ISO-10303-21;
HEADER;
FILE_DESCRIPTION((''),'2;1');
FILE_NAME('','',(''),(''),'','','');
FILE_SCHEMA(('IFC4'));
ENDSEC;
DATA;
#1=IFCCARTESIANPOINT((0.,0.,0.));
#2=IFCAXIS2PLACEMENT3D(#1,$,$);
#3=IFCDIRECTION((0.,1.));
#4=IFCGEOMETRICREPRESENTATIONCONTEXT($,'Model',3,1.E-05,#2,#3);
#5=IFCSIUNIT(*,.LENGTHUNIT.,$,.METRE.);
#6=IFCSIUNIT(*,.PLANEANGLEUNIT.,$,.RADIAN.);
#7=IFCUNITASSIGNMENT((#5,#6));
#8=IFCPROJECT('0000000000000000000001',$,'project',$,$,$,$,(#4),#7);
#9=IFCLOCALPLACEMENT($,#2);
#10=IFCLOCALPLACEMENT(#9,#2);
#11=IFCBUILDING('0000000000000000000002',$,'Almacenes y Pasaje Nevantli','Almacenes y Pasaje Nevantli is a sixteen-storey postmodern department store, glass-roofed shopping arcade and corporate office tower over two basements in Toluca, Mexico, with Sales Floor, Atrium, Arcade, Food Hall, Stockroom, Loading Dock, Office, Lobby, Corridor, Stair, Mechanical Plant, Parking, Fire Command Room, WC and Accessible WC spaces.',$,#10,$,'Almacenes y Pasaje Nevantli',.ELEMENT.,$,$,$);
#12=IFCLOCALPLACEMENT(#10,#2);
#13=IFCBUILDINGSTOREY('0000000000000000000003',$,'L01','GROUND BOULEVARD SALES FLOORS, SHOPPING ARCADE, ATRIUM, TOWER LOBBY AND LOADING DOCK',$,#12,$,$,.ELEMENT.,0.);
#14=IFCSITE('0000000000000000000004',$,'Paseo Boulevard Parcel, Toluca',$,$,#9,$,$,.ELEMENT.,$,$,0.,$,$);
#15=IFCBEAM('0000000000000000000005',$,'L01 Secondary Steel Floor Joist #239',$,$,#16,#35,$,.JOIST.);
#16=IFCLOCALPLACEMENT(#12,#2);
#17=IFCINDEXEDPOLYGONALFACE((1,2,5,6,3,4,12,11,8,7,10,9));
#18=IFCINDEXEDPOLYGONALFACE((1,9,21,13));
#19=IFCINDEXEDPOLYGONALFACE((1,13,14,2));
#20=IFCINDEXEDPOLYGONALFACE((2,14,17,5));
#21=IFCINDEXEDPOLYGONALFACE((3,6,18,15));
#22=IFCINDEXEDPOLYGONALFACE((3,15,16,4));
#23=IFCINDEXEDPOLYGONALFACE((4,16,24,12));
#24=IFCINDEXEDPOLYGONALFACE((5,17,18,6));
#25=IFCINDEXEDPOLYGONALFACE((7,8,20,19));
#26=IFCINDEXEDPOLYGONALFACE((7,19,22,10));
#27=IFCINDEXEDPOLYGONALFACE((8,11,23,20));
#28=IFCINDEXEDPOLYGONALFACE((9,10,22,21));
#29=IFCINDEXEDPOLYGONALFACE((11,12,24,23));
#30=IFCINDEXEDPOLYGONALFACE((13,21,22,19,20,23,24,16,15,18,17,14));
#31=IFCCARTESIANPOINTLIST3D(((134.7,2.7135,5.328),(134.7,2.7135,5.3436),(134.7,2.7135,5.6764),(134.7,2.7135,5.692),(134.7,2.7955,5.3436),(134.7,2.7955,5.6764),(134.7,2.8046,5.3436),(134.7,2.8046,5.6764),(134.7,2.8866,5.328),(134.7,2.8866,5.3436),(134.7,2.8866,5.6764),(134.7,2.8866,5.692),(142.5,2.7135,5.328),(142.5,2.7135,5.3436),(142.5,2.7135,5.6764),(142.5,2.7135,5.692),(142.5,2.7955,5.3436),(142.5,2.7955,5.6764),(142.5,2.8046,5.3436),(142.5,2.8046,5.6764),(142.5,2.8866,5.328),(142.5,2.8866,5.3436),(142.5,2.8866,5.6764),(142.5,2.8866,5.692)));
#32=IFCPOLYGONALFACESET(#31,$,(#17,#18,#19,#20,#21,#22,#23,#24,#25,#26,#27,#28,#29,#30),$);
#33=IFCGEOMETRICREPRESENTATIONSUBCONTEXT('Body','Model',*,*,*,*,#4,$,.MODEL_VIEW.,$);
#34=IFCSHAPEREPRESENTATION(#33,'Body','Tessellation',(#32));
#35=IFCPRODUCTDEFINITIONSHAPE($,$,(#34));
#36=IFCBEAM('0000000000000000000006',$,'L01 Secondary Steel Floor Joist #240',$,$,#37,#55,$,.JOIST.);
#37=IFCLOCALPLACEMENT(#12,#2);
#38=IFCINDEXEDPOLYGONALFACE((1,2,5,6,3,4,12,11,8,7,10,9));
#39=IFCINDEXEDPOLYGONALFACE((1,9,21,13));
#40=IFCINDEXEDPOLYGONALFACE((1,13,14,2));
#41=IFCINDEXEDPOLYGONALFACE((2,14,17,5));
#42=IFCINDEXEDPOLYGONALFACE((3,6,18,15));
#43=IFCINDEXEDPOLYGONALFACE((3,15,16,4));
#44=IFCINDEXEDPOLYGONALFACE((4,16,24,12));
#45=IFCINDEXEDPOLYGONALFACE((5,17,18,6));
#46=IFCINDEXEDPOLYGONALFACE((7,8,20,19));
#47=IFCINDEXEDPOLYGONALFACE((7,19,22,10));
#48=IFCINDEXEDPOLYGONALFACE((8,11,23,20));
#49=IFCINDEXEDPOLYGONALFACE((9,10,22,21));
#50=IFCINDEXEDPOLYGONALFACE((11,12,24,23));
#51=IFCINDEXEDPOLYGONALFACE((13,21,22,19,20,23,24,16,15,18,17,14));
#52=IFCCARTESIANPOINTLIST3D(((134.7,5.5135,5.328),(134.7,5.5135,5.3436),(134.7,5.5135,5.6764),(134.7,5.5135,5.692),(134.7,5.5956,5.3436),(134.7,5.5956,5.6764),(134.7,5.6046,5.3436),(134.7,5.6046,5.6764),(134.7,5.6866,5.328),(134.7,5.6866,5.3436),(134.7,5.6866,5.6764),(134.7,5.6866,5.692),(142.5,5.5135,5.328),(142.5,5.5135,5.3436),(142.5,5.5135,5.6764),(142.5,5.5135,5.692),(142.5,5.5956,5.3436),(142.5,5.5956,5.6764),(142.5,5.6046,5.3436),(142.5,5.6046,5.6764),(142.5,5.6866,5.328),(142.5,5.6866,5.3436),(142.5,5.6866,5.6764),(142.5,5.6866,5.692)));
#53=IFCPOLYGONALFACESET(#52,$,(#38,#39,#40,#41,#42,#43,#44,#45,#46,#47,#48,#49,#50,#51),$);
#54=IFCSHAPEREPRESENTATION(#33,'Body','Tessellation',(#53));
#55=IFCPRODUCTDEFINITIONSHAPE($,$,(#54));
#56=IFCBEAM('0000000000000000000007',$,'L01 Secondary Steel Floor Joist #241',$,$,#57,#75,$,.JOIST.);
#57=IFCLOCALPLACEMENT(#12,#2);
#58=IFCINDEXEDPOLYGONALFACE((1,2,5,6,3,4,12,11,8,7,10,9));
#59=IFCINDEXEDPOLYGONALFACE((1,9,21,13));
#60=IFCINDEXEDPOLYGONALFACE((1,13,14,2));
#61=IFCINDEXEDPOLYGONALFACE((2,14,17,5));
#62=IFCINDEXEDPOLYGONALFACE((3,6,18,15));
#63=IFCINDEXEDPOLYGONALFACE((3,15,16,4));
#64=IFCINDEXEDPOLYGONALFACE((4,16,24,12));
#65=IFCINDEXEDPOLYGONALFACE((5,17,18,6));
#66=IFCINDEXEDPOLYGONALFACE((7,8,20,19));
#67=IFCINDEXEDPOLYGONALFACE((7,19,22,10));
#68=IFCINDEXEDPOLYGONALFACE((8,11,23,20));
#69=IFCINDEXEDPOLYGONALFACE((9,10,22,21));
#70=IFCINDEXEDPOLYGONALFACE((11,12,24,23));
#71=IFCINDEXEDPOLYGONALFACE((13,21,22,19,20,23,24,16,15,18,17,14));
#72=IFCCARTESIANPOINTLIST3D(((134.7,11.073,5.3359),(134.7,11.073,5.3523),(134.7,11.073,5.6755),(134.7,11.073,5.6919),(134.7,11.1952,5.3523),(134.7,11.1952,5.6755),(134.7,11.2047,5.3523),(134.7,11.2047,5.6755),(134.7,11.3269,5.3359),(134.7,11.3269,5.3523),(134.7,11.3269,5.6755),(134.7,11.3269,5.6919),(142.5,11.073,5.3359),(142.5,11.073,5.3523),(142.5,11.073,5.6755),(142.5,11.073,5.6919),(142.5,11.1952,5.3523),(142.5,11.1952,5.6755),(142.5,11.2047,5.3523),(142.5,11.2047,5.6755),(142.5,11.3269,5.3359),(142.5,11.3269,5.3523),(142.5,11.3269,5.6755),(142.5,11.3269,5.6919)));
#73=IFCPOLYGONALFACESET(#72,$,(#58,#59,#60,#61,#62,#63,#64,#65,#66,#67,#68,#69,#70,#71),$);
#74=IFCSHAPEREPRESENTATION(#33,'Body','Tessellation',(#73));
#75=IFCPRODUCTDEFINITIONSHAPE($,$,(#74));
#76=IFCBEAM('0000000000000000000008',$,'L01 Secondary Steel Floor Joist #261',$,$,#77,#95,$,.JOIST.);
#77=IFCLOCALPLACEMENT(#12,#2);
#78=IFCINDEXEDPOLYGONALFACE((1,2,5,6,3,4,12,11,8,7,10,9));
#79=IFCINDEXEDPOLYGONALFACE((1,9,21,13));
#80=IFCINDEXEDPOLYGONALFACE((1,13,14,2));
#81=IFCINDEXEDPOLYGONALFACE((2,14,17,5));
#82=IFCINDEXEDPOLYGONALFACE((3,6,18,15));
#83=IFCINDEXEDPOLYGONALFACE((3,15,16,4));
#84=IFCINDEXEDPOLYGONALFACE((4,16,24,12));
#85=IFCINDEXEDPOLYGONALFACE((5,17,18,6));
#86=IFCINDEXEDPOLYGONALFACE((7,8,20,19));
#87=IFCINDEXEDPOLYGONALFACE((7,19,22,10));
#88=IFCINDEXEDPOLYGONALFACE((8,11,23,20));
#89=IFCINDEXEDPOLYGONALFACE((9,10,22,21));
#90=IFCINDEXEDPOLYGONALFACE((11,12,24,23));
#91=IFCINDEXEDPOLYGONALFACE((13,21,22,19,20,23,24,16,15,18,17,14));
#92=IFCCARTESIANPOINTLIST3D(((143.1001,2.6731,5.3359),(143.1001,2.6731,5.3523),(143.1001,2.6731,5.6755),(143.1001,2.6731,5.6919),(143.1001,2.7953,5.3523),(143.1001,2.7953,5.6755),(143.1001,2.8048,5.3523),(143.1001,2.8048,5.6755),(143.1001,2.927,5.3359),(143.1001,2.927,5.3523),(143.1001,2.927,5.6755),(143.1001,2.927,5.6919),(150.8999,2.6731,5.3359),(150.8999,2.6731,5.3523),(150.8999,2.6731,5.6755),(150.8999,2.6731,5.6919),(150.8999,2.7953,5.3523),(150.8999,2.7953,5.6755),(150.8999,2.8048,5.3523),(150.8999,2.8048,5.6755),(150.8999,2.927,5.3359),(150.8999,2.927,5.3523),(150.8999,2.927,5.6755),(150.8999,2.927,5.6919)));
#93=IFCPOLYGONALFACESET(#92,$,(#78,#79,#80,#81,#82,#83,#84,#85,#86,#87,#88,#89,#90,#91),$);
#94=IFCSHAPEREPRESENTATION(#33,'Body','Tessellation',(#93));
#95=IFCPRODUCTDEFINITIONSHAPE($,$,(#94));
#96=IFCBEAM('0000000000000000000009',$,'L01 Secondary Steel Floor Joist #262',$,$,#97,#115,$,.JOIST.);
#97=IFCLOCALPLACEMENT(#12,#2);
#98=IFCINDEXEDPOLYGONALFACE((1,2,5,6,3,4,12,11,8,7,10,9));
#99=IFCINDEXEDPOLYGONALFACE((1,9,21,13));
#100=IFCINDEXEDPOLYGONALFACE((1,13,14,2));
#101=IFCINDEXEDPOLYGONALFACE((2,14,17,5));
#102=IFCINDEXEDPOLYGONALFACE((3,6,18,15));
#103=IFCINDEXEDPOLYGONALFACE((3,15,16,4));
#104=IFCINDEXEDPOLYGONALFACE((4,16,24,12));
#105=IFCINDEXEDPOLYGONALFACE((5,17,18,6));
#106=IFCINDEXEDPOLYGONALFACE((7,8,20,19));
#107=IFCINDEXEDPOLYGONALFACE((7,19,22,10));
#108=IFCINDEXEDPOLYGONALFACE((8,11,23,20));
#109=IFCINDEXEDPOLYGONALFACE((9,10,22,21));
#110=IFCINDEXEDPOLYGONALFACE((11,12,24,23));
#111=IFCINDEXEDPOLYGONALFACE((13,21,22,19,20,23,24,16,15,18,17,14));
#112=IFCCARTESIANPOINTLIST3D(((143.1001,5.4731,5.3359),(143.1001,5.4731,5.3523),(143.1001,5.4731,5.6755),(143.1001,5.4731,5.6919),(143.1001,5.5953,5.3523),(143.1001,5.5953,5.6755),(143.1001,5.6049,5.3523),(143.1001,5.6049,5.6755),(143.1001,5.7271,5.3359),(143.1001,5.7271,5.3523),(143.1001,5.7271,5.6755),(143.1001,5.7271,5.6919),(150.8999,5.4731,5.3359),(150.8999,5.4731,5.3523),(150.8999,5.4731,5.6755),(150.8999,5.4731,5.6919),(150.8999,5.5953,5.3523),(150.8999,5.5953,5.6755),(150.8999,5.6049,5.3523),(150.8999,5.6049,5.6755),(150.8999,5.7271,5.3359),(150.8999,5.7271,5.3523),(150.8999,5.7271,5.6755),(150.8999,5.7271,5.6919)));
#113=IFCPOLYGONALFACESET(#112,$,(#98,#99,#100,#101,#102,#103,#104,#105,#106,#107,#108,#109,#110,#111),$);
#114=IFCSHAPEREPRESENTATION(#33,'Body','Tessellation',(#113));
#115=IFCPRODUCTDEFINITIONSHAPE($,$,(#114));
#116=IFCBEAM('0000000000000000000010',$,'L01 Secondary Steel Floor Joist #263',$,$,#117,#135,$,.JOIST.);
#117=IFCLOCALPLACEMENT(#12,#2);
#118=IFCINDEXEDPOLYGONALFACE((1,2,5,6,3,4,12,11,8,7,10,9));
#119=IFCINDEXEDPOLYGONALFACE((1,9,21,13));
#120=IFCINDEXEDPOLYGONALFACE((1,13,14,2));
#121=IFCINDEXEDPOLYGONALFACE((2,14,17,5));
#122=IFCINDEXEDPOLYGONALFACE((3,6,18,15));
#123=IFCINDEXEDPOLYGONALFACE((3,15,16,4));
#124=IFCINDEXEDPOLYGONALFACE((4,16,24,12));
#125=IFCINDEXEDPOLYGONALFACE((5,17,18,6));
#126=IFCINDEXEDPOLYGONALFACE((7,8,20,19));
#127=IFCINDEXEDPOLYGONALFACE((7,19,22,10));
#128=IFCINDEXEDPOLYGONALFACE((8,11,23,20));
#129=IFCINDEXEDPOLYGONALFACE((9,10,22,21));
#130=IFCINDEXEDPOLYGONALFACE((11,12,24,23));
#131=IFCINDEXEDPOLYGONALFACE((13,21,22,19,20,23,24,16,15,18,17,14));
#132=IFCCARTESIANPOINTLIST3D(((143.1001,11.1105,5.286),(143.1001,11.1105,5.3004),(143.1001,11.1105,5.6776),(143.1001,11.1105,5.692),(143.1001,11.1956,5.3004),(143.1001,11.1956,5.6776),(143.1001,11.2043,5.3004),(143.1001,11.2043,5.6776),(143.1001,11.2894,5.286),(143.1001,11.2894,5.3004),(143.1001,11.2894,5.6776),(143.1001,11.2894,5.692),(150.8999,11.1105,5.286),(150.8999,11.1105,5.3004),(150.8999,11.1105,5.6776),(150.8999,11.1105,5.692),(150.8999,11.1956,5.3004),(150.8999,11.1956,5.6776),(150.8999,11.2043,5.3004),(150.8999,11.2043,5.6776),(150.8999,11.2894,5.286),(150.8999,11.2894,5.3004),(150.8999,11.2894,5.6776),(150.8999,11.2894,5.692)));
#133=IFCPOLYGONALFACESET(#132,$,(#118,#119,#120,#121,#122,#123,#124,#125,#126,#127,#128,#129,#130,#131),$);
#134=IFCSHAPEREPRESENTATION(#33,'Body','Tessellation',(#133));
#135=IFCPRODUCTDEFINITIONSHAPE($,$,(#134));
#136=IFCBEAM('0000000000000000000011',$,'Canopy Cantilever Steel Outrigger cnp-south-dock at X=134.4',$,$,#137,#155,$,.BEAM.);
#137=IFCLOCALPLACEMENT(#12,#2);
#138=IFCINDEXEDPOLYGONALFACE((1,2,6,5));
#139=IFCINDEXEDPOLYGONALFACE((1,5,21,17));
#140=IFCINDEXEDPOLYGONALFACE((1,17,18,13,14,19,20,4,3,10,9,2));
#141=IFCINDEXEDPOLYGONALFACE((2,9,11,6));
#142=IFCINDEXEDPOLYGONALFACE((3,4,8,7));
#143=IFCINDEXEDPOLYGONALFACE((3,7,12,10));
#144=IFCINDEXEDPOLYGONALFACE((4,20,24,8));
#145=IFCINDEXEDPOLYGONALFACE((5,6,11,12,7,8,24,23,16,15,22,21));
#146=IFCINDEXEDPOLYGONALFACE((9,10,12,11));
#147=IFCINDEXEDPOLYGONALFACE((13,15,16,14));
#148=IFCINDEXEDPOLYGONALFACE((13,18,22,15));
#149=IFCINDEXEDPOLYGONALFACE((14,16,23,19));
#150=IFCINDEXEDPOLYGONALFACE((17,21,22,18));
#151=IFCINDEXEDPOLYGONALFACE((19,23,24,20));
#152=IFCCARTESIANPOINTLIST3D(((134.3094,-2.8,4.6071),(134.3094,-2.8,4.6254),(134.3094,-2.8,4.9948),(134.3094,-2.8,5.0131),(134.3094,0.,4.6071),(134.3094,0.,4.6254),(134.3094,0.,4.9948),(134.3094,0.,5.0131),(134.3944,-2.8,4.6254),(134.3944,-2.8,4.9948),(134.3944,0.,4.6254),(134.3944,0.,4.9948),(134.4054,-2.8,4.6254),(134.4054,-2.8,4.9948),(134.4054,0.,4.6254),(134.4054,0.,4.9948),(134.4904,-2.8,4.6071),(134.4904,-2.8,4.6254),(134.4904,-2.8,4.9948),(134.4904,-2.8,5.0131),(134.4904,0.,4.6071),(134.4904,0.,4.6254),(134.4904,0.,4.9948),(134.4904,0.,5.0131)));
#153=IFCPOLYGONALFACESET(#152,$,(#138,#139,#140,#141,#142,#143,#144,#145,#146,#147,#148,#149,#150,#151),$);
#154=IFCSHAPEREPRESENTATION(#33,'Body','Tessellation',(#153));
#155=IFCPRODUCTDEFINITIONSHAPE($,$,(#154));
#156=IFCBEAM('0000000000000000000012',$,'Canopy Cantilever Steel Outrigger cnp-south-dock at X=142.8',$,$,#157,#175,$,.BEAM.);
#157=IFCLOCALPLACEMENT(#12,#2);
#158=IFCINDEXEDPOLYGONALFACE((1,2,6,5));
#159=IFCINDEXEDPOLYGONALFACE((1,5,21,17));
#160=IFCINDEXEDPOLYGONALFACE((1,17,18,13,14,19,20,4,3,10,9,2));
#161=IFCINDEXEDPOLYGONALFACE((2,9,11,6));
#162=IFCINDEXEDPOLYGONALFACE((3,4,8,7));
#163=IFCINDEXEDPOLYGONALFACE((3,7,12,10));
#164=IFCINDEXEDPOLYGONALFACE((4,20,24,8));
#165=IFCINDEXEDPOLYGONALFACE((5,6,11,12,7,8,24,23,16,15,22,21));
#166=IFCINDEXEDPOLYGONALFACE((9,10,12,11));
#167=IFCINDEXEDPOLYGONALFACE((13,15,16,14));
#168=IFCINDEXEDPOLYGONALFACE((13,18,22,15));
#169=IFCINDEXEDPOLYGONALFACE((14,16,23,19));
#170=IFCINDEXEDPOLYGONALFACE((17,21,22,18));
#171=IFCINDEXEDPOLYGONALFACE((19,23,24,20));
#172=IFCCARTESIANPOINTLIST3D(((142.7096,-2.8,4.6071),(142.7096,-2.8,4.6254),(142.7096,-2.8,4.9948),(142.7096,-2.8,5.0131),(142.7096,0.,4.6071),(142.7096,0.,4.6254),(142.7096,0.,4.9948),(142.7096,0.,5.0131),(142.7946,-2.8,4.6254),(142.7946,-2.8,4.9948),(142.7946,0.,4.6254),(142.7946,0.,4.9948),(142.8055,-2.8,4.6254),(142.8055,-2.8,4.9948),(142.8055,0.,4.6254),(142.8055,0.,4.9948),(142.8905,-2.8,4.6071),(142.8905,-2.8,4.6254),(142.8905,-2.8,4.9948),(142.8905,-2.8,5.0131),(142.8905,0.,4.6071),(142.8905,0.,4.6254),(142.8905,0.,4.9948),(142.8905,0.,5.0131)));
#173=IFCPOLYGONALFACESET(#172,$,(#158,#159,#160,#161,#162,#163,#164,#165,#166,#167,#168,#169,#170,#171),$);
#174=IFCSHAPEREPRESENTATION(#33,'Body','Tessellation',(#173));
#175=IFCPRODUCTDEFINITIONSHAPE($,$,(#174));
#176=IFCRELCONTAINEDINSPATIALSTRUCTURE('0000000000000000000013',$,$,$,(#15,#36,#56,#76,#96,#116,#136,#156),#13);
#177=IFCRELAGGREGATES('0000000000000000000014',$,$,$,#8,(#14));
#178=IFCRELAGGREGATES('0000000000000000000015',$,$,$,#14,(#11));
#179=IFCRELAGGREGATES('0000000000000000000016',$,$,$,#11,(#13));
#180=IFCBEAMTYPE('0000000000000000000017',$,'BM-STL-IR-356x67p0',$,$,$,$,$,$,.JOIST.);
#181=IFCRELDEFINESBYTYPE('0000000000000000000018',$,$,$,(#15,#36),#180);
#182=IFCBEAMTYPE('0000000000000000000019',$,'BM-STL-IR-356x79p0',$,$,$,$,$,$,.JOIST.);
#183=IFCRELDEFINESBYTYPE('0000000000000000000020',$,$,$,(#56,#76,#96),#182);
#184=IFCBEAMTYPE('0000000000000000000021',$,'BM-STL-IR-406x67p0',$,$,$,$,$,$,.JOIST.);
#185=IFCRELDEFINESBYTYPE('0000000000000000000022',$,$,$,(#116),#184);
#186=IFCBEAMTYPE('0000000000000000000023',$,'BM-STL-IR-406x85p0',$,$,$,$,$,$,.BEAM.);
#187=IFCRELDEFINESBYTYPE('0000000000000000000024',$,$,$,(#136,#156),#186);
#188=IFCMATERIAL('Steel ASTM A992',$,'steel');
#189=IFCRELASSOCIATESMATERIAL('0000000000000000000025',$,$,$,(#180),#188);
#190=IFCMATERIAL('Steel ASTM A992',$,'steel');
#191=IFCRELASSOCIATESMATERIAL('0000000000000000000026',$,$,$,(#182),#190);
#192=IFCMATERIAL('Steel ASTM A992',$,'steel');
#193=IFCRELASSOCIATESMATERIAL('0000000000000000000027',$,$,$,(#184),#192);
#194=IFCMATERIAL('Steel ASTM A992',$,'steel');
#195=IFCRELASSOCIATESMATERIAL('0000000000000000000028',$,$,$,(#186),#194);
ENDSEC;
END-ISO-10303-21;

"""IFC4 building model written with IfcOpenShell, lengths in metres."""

from ifc_helpers import new_model, si_unit, direction, frame, origin, origin_2d, place, context, subcontext, project, spatial, i_section, extrude, material, material_profile, profile_set, type_object, element, save


model = new_model("IFC4")

# Units and contexts
model_context = context("Model", 3, precision=1e-05, world=origin(), true_north=direction((0.0, 1.0)))
body_context = subcontext(model_context, "Body", "Model", "MODEL_VIEW")
ifc_project = project(units=[si_unit("LENGTHUNIT", "METRE"), si_unit("PLANEANGLEUNIT", "RADIAN")], contexts=[model_context])

# Site, building, storey
site_placement = place(None, origin())
site = spatial("IfcSite", under=ifc_project, at=site_placement, Name="Paseo Boulevard Parcel, Toluca", CompositionType="ELEMENT", RefElevation=0.0)
building_placement = place(site_placement, origin())
building = spatial("IfcBuilding", under=site, at=building_placement, Name="Almacenes y Pasaje Nevantli", Description="Almacenes y Pasaje Nevantli is a sixteen-storey postmodern department store, glass-roofed shopping arcade and corporate office tower over two basements in Toluca, Mexico, with Sales Floor, Atrium, Arcade, Food Hall, Stockroom, Loading Dock, Office, Lobby, Corridor, Stair, Mechanical Plant, Parking, Fire Command Room, WC and Accessible WC spaces.", LongName="Almacenes y Pasaje Nevantli", CompositionType="ELEMENT")
storey_placement = place(building_placement, origin())
storey = spatial("IfcBuildingStorey", under=building, at=storey_placement, Name="L01", Description="GROUND BOULEVARD SALES FLOORS, SHOPPING ARCADE, ATRIUM, TOWER LOBBY AND LOADING DOCK", CompositionType="ELEMENT", Elevation=0.0)

# Beams
ifc_material_1 = material(Name="Steel ASTM A992", Category="steel")
ifc_material_profile_1 = material_profile(ifc_material_1, i_section(OverallWidth=0.1731, OverallDepth=0.364, WebThickness=0.009, FlangeThickness=0.0156, at=origin_2d()), Name="IR 356x67.0")
ifc_profile_set_1 = profile_set([ifc_material_profile_1], Name="Steel ASTM A992")
beam_type_1 = type_object("IfcBeamType", Name="BM-STL-IR-356x67p0", PredefinedType="JOIST", material=ifc_profile_set_1)
for number, where, z_axis, x_axis, name in (
    (1, (134.7, 2.8, 5.51), (1.0, 0.0, 0.0), (0.0, 1.0, 0.0), "L01 Secondary Steel Floor Joist #239"),
    (2, (134.7, 5.6001, 5.51), (1.0, 0.0, 0.0), (0.0, 1.0, 0.0), "L01 Secondary Steel Floor Joist #240"),
):
    element("IfcBeam", number, at=place(storey_placement, frame(where, z_axis=z_axis, x_axis=x_axis)), inside=storey, type_object=beam_type_1, Name=name, PredefinedType="JOIST", context=body_context, shape_type="SweptSolid", body=[
        extrude(i_section(OverallWidth=0.1731, OverallDepth=0.364, WebThickness=0.009, FlangeThickness=0.0156, at=origin_2d()), origin(), (0.0, 0.0, 1.0), 7.8),
    ])
ifc_material_2 = material(Name="Steel ASTM A992", Category="steel")
ifc_material_profile_2 = material_profile(ifc_material_2, i_section(OverallWidth=0.2539, OverallDepth=0.356, WebThickness=0.0095, FlangeThickness=0.0164, at=origin_2d()), Name="IR 356x79.0")
ifc_profile_set_2 = profile_set([ifc_material_profile_2], Name="Steel ASTM A992")
beam_type_2 = type_object("IfcBeamType", Name="BM-STL-IR-356x79p0", PredefinedType="JOIST", material=ifc_profile_set_2)
beam_1_placement = place(storey_placement, frame((134.7, 11.2, 5.5139), z_axis=(1.0, 0.0, 0.0), x_axis=(0.0, 1.0, 0.0)))
element("IfcBeam", 3, at=beam_1_placement, inside=storey, type_object=beam_type_2, Name="L01 Secondary Steel Floor Joist #241", PredefinedType="JOIST", context=body_context, shape_type="SweptSolid", body=[
    extrude(i_section(OverallWidth=0.2539, OverallDepth=0.356, WebThickness=0.0095, FlangeThickness=0.0164, at=origin_2d()), origin(), (0.0, 0.0, 1.0), 7.8),
])
for number, where, z_axis, x_axis, name in (
    (4, (143.1001, 2.8, 5.5139), (1.0, 0.0, 0.0), (0.0, 1.0, 0.0), "L01 Secondary Steel Floor Joist #261"),
    (5, (143.1001, 5.6001, 5.5139), (1.0, 0.0, 0.0), (0.0, 1.0, 0.0), "L01 Secondary Steel Floor Joist #262"),
):
    element("IfcBeam", number, at=place(storey_placement, frame(where, z_axis=z_axis, x_axis=x_axis)), inside=storey, type_object=beam_type_2, Name=name, PredefinedType="JOIST", context=body_context, shape_type="SweptSolid", body=[
        extrude(i_section(OverallWidth=0.2539, OverallDepth=0.356, WebThickness=0.0095, FlangeThickness=0.0164, at=origin_2d()), origin(), (0.0, 0.0, 1.0), 7.7998),
    ])
ifc_material_3 = material(Name="Steel ASTM A992", Category="steel")
ifc_material_profile_3 = material_profile(ifc_material_3, i_section(OverallWidth=0.179, OverallDepth=0.406, WebThickness=0.0088, FlangeThickness=0.0144, at=origin_2d()), Name="IR 406x67.0")
ifc_profile_set_3 = profile_set([ifc_material_profile_3], Name="Steel ASTM A992")
beam_type_3 = type_object("IfcBeamType", Name="BM-STL-IR-406x67p0", PredefinedType="JOIST", material=ifc_profile_set_3)
beam_2_placement = place(storey_placement, frame((143.1001, 11.2, 5.489), z_axis=(1.0, 0.0, 0.0), x_axis=(0.0, 1.0, 0.0)))
element("IfcBeam", 6, at=beam_2_placement, inside=storey, type_object=beam_type_3, Name="L01 Secondary Steel Floor Joist #263", PredefinedType="JOIST", context=body_context, shape_type="SweptSolid", body=[
    extrude(i_section(OverallWidth=0.179, OverallDepth=0.406, WebThickness=0.0088, FlangeThickness=0.0144, at=origin_2d()), origin(), (0.0, 0.0, 1.0), 7.7998),
])
ifc_material_4 = material(Name="Steel ASTM A992", Category="steel")
ifc_material_profile_4 = material_profile(ifc_material_4, i_section(OverallWidth=0.1809, OverallDepth=0.406, WebThickness=0.011, FlangeThickness=0.0183, at=origin_2d()), Name="IR 406x85.0")
ifc_profile_set_4 = profile_set([ifc_material_profile_4], Name="Steel ASTM A992")
beam_type_4 = type_object("IfcBeamType", Name="BM-STL-IR-406x85p0", PredefinedType="BEAM", material=ifc_profile_set_4)
for number, where, z_axis, x_axis, name in (
    (7, (134.3999, 0.0, 4.8101), (0.0, -1.0, 0.0), (1.0, 0.0, 0.0), "Canopy Cantilever Steel Outrigger cnp-south-dock at X=134.4"),
    (8, (142.8, 0.0, 4.8101), (0.0, -1.0, 0.0), (1.0, 0.0, 0.0), "Canopy Cantilever Steel Outrigger cnp-south-dock at X=142.8"),
):
    element("IfcBeam", number, at=place(storey_placement, frame(where, z_axis=z_axis, x_axis=x_axis)), inside=storey, type_object=beam_type_4, Name=name, PredefinedType="BEAM", context=body_context, shape_type="SweptSolid", body=[
        extrude(i_section(OverallWidth=0.1809, OverallDepth=0.406, WebThickness=0.011, FlangeThickness=0.0183, at=origin_2d()), origin(), (0.0, 0.0, 1.0), 2.8),
    ])

save(model, "model.ifc")
